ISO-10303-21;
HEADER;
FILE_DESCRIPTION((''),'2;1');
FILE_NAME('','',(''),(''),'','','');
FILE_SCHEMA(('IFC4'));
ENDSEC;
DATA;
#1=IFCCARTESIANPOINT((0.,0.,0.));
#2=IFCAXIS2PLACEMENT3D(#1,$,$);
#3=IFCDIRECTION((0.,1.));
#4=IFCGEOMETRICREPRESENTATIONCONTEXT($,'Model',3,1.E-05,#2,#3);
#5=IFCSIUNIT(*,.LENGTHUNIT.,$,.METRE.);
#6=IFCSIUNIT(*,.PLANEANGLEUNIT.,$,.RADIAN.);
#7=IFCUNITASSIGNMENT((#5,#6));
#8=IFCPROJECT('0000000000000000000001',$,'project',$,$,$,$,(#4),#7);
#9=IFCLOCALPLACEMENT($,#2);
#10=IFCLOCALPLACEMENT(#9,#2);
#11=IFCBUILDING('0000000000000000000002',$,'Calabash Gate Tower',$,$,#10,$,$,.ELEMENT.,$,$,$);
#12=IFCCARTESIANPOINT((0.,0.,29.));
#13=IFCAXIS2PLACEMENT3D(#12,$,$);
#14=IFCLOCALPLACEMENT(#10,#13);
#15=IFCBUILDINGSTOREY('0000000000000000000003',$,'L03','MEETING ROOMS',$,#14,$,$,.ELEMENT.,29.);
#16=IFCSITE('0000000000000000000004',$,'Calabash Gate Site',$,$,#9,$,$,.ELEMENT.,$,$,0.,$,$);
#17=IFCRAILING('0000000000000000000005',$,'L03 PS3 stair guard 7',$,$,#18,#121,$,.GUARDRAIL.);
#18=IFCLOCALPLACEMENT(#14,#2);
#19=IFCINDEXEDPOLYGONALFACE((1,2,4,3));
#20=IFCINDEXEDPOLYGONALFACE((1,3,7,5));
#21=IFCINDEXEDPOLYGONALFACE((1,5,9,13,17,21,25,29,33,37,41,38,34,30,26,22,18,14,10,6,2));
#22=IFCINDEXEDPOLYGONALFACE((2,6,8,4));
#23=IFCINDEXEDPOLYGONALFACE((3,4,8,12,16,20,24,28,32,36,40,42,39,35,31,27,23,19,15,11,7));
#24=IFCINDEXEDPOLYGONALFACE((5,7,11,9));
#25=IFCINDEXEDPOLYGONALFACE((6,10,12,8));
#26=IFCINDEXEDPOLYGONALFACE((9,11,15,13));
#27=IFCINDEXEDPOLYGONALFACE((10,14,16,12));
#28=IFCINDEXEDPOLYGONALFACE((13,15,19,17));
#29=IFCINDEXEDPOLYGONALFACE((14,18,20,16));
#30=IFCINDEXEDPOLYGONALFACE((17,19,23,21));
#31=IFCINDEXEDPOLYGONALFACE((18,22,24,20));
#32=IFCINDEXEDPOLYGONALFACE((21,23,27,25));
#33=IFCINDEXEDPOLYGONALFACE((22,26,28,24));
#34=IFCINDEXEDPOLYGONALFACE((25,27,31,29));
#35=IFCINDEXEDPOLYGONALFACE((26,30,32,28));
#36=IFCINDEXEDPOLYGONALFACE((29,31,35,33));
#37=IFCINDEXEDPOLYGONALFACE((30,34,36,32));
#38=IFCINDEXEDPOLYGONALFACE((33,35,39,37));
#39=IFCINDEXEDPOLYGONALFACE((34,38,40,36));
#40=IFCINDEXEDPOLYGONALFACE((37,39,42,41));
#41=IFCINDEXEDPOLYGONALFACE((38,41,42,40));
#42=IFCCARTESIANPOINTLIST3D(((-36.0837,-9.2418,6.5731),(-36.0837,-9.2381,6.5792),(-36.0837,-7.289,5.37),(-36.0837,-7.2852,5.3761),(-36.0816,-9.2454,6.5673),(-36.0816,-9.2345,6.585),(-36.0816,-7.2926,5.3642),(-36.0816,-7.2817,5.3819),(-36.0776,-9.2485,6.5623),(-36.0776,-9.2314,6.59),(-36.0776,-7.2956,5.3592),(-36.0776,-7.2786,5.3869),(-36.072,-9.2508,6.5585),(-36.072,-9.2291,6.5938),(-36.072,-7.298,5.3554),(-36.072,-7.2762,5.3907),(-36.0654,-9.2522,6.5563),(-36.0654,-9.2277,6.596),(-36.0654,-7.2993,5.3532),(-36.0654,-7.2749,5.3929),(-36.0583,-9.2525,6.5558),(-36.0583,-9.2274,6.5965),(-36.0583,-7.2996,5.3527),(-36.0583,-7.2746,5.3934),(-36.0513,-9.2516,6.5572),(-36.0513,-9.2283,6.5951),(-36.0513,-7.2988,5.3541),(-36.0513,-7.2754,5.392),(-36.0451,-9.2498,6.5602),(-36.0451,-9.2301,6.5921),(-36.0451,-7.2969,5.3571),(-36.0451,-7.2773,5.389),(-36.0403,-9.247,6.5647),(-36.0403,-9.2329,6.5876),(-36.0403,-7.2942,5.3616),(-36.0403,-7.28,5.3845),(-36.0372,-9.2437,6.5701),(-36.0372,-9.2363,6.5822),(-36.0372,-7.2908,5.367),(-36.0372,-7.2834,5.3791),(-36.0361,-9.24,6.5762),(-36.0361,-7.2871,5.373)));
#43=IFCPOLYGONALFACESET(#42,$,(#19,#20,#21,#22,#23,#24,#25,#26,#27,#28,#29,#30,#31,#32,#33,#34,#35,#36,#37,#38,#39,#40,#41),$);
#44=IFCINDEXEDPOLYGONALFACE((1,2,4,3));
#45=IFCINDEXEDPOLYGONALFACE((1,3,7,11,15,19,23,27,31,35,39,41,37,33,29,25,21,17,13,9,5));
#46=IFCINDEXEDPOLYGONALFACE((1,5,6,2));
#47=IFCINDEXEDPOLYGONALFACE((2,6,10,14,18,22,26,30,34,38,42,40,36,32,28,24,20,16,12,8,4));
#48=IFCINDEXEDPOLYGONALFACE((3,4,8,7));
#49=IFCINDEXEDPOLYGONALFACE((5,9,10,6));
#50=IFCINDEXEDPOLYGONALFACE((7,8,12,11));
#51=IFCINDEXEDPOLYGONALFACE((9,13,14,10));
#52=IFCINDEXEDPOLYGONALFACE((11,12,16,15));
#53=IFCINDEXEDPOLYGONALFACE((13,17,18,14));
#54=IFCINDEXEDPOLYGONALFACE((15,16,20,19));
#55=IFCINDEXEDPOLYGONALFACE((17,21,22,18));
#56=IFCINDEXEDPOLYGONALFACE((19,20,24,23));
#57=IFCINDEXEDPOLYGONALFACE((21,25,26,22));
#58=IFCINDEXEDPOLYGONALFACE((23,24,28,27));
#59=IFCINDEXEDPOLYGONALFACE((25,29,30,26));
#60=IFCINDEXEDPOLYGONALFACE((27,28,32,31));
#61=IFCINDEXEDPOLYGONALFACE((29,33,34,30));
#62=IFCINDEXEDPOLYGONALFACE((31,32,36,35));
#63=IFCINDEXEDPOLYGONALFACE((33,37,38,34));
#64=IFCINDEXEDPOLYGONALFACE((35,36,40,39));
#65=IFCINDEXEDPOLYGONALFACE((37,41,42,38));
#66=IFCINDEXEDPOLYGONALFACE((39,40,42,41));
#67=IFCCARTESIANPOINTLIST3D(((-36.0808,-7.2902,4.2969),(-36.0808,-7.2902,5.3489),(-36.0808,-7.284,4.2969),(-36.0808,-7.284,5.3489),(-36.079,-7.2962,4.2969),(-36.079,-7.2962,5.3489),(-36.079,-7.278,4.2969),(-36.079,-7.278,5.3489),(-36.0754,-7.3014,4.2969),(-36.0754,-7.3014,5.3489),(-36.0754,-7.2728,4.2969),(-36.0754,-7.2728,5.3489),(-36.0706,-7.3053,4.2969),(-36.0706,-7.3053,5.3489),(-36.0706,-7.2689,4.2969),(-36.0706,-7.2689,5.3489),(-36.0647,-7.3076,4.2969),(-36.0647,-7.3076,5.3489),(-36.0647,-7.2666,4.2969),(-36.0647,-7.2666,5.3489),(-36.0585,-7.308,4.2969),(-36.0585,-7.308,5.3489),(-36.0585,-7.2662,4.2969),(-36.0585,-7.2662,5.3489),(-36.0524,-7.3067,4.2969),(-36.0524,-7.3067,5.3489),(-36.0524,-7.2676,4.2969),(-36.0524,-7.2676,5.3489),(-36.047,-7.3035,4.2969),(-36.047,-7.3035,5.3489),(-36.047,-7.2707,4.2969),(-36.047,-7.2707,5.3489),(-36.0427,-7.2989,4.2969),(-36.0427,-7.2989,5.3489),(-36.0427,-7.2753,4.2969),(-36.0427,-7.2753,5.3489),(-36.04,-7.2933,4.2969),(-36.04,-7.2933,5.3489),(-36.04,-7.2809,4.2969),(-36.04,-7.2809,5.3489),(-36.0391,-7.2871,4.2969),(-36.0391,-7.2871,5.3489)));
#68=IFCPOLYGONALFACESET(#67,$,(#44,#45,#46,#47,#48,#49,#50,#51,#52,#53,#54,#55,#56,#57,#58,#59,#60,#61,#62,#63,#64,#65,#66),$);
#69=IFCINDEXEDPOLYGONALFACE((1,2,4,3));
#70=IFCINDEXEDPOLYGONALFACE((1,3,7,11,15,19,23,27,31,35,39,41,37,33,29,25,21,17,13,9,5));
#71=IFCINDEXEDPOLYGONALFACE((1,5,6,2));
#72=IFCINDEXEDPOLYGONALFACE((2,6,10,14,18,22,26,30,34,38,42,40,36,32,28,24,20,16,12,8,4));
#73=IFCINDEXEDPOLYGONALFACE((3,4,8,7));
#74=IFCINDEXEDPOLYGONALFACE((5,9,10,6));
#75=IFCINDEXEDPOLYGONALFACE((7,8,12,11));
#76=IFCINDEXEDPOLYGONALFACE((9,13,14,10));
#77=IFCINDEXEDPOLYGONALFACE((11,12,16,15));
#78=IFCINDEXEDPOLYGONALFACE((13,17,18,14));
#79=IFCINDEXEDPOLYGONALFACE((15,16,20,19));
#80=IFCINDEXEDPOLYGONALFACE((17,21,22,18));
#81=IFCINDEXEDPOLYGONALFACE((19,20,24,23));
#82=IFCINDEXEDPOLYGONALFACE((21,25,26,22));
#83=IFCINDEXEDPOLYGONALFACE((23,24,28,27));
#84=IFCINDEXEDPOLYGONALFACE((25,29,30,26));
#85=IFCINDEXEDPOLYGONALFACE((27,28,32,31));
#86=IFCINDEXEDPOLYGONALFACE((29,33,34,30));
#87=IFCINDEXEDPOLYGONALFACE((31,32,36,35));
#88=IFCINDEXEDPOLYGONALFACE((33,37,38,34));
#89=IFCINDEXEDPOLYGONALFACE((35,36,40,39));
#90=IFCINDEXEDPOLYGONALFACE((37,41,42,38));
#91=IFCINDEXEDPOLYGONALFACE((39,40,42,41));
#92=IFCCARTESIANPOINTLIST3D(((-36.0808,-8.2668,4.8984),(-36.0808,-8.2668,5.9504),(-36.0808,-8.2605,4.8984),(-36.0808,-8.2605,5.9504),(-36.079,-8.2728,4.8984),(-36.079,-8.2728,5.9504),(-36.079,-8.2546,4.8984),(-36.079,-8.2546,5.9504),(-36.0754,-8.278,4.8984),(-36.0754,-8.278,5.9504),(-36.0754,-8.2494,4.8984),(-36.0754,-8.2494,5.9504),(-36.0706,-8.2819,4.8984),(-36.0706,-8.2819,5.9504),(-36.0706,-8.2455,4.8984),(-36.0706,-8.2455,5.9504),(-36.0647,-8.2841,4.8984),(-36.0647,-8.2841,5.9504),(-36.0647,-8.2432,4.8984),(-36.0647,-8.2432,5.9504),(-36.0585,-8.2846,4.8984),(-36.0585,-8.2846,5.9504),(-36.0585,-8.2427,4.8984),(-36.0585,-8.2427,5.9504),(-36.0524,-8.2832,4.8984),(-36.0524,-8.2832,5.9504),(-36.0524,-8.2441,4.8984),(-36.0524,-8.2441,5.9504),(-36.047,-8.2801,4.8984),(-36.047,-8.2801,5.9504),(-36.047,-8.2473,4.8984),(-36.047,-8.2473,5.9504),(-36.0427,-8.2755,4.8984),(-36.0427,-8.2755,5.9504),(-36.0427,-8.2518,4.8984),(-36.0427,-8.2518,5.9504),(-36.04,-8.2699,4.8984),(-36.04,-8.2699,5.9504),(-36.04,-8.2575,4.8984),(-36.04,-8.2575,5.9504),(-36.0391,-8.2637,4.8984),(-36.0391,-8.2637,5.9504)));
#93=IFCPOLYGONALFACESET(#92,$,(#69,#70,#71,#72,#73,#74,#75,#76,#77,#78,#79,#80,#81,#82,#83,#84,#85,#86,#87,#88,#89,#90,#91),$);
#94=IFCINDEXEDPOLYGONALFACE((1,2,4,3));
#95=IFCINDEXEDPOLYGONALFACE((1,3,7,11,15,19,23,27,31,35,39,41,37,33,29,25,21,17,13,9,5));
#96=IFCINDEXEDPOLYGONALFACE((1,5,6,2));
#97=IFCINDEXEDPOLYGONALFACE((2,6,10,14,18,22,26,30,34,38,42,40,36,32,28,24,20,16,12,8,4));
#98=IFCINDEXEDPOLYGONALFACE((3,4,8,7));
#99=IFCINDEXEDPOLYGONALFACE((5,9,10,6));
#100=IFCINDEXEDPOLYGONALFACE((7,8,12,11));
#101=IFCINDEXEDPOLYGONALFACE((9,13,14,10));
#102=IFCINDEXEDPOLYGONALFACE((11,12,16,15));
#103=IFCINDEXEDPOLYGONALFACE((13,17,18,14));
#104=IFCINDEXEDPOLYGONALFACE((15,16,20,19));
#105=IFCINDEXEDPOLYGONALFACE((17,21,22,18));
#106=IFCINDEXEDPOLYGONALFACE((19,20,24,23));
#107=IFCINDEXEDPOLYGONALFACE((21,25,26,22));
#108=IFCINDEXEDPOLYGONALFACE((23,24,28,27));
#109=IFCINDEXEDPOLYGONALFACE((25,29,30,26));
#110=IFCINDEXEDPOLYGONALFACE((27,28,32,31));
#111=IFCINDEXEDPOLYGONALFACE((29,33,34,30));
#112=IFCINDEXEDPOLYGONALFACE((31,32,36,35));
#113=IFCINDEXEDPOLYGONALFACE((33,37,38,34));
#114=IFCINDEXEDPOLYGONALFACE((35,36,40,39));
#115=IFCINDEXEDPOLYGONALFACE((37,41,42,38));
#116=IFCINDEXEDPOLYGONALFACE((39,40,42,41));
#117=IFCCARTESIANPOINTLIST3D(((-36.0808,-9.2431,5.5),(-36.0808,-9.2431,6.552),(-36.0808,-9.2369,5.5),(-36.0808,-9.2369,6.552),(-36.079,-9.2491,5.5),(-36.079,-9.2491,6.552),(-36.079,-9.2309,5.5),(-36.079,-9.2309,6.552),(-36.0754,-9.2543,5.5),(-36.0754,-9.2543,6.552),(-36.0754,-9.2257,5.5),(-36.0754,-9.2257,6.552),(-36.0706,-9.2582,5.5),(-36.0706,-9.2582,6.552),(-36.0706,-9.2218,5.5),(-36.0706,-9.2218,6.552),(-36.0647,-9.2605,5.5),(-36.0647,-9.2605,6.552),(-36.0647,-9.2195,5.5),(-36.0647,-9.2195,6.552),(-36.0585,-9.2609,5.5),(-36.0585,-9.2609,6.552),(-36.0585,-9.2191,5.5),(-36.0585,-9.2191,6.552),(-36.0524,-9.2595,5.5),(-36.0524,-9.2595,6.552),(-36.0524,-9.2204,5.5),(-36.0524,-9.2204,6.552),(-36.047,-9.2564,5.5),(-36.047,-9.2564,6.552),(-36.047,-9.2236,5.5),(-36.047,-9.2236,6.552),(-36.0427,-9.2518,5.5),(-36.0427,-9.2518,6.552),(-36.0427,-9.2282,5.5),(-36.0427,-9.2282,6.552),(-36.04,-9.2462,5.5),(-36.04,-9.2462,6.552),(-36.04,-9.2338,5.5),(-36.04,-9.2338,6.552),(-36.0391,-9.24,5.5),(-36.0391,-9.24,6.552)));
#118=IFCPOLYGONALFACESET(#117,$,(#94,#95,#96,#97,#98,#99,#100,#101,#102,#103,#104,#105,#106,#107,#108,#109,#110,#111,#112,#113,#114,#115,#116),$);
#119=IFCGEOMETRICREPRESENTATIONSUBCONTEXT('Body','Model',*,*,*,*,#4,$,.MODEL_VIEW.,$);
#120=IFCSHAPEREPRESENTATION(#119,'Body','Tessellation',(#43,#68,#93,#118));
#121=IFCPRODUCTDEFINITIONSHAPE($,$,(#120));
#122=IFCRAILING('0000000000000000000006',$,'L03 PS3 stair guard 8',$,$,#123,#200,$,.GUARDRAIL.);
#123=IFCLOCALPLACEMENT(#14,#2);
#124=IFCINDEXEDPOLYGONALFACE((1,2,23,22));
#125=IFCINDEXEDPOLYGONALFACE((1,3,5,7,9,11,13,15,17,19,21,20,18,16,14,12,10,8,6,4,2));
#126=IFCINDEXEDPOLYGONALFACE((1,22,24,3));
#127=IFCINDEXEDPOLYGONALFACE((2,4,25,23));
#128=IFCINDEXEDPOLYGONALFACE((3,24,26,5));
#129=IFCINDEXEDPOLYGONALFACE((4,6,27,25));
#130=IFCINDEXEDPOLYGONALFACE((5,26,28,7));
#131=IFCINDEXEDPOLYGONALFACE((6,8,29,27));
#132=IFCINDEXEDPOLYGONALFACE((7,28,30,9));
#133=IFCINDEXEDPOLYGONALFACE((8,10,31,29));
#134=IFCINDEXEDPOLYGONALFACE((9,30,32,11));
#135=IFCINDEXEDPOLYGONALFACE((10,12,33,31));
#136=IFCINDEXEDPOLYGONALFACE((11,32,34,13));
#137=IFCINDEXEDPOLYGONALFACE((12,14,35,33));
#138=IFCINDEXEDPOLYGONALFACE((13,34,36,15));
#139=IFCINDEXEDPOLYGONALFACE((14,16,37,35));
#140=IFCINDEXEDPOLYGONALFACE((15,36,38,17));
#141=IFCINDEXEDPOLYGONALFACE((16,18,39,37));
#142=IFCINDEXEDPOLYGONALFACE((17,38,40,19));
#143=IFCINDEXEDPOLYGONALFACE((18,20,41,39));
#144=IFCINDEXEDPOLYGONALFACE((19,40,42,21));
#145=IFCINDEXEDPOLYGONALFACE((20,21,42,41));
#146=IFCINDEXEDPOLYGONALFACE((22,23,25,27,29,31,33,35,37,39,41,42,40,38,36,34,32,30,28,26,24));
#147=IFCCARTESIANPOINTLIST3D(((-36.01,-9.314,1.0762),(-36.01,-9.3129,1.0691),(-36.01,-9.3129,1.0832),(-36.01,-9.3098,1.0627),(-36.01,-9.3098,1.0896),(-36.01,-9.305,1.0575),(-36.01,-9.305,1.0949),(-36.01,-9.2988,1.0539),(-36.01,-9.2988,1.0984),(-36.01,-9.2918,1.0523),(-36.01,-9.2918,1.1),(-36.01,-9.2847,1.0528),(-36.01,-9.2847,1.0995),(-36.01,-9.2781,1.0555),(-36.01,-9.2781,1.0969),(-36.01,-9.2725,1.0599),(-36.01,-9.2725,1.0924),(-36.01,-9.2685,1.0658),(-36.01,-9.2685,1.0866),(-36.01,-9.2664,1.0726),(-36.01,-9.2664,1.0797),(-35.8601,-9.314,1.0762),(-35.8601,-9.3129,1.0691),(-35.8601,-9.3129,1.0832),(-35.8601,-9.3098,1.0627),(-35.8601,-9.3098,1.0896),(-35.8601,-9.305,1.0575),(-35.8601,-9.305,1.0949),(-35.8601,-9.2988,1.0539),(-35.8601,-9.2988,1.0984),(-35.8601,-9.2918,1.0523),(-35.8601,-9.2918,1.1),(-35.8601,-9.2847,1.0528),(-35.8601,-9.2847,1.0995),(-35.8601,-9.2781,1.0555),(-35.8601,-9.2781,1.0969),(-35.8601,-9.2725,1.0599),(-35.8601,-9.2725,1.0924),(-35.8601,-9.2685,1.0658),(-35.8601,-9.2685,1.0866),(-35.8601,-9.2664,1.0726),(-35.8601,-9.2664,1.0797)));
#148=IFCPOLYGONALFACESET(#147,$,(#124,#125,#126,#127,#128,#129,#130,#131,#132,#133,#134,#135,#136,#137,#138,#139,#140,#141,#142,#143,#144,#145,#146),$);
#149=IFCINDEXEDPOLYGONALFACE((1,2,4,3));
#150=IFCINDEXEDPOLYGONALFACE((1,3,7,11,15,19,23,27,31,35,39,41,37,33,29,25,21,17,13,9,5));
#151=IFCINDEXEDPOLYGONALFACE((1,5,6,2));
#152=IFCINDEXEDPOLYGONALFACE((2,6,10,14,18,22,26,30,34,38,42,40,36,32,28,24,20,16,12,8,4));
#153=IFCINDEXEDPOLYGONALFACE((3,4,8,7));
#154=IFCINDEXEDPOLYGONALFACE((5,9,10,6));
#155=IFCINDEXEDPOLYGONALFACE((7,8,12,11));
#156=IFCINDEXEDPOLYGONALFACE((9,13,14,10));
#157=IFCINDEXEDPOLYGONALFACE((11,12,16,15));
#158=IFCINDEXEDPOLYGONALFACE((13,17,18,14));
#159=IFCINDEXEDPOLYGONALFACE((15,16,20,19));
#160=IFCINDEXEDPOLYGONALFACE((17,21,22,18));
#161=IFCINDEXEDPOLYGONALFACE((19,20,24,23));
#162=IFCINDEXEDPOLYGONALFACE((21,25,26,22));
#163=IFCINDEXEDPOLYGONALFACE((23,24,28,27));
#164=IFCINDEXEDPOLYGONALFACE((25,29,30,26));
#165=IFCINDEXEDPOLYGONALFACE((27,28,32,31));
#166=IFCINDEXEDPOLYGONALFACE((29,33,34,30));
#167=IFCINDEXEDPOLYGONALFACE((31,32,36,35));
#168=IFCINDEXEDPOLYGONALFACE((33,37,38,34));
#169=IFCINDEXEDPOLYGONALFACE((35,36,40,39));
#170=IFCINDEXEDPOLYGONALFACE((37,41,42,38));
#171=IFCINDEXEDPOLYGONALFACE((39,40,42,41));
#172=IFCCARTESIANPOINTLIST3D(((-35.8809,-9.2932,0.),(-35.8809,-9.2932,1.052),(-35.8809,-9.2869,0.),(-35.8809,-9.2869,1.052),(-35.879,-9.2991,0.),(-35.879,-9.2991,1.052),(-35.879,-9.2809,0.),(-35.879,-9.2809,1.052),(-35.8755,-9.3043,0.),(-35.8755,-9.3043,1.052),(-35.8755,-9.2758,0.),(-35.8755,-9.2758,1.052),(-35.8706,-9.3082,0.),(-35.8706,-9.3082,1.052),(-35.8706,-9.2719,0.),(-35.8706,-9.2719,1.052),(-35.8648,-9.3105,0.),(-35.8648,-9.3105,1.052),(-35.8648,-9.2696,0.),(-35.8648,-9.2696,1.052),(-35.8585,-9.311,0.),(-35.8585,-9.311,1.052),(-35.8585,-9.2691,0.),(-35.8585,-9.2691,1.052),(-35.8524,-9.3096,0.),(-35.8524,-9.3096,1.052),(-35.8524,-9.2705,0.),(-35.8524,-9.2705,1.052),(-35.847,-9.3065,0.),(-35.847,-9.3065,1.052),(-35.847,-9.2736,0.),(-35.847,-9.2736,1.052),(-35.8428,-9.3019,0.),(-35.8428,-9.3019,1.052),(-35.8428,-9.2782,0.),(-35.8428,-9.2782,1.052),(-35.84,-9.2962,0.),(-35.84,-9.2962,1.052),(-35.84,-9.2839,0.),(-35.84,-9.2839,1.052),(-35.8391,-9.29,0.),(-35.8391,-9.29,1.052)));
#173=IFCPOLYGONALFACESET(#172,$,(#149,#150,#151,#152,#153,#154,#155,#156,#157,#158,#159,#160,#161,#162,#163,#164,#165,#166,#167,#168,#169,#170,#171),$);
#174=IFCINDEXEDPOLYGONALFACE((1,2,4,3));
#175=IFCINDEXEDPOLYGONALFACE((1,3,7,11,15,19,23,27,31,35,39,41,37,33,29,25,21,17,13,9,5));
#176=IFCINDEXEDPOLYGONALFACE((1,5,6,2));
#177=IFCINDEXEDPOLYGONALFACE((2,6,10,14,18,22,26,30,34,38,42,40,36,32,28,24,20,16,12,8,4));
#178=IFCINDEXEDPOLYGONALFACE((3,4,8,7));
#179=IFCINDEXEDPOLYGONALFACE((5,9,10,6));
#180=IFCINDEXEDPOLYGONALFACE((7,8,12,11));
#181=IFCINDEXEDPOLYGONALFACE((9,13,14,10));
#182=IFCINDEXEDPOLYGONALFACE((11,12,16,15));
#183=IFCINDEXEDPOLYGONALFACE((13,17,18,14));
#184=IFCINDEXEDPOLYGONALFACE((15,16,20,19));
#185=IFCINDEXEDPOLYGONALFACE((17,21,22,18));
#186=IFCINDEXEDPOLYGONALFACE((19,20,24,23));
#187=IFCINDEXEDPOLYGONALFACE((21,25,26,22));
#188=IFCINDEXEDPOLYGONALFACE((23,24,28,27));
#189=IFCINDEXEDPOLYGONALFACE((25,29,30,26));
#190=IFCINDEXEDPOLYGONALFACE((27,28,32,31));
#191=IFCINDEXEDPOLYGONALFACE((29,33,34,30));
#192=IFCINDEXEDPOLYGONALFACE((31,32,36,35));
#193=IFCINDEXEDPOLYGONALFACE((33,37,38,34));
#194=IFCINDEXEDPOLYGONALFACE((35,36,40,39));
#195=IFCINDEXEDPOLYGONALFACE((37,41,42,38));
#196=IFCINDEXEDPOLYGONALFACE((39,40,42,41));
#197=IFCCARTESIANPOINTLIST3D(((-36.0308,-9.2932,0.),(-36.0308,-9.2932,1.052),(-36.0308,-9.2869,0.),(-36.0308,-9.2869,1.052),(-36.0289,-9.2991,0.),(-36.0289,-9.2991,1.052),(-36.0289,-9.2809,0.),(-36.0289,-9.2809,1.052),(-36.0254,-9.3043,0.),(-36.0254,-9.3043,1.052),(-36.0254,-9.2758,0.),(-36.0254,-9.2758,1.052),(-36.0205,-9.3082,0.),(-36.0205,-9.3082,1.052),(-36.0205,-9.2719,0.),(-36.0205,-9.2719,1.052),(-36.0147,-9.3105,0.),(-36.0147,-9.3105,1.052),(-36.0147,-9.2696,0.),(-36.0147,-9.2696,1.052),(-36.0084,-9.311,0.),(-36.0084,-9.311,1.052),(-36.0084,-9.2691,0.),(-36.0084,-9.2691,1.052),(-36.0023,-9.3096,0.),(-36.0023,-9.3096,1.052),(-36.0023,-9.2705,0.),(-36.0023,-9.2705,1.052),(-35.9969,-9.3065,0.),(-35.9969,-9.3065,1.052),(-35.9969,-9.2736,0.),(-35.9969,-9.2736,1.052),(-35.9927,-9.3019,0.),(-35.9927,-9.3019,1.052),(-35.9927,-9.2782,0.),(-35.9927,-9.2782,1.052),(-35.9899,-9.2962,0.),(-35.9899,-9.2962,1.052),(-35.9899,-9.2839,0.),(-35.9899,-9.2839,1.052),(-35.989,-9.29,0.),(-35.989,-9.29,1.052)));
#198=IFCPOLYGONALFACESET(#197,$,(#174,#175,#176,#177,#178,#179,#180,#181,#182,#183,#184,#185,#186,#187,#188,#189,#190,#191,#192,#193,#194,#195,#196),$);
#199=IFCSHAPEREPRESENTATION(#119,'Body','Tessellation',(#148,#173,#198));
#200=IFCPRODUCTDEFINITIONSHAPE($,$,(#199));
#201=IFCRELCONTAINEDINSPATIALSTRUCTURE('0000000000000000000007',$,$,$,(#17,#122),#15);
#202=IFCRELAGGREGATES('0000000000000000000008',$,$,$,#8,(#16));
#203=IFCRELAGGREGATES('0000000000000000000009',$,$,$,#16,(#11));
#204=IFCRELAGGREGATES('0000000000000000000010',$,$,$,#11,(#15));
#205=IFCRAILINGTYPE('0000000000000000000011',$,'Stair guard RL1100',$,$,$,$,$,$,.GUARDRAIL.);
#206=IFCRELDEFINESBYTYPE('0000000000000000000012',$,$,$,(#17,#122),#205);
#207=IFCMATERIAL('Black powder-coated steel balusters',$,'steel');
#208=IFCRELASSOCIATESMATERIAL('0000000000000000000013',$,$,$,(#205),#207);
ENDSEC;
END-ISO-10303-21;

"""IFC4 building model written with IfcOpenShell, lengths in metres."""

from ifc_helpers import new_model, si_unit, direction, frame, origin, origin_2d, place, context, subcontext, project, spatial, circle, extrude, material, type_object, element, save


model = new_model("IFC4")

# Units and contexts
model_context = context("Model", 3, precision=1e-05, world=origin(), true_north=direction((0.0, 1.0)))
body_context = subcontext(model_context, "Body", "Model", "MODEL_VIEW")
ifc_project = project(units=[si_unit("LENGTHUNIT", "METRE"), si_unit("PLANEANGLEUNIT", "RADIAN")], contexts=[model_context])

# Site, building, storey
site_placement = place(None, origin())
site = spatial("IfcSite", under=ifc_project, at=site_placement, Name="Calabash Gate Site", CompositionType="ELEMENT", RefElevation=0.0)
building_placement = place(site_placement, origin())
building = spatial("IfcBuilding", under=site, at=building_placement, Name="Calabash Gate Tower", CompositionType="ELEMENT")
storey_placement = place(building_placement, frame((0.0, 0.0, 29.0)))
storey = spatial("IfcBuildingStorey", under=building, at=storey_placement, Name="L03", Description="MEETING ROOMS", CompositionType="ELEMENT", Elevation=29.0)

# Railings
ifc_material_1 = material(Name="Black powder-coated steel balusters", Category="steel")
railing_type_1 = type_object("IfcRailingType", Name="Stair guard RL1100", PredefinedType="GUARDRAIL", material=ifc_material_1)
railing_1_placement = place(storey_placement, frame((-36.0601, -7.2871, 4.2969)))
element("IfcRailing", 1, at=railing_1_placement, inside=storey, type_object=railing_type_1, Name="L03 PS3 stair guard 7", PredefinedType="GUARDRAIL", context=body_context, shape_type="SweptSolid", body=[
    extrude(circle(Radius=0.0239, at=origin_2d()), frame((0.0, 0.0, 1.0762), z_axis=(0.0, -0.851395, 0.524525), x_axis=(1.0, 0.0, 0.0)), (0.0, 0.0, 1.0), 2.2937),
    extrude(circle(Radius=0.021, at=origin_2d()), origin(), (0.0, 0.0, 1.0), 1.052),
    extrude(circle(Radius=0.021, at=origin_2d()), frame((0.0, -0.9766, 0.6016)), (0.0, 0.0, 1.0), 1.052),
    extrude(circle(Radius=0.021, at=origin_2d()), frame((0.0, -1.9529, 1.2031)), (0.0, 0.0, 1.0), 1.052),
])
railing_2_placement = place(storey_placement, frame((-35.8601, -9.29, 0.0)))
element("IfcRailing", 2, at=railing_2_placement, inside=storey, type_object=railing_type_1, Name="L03 PS3 stair guard 8", PredefinedType="GUARDRAIL", context=body_context, shape_type="SweptSolid", body=[
    extrude(circle(Radius=0.0239, at=origin_2d()), frame((0.0, 0.0, 1.0762), z_axis=(-1.0, 0.0, 0.0), x_axis=(0.0, -1.0, 0.0)), (0.0, 0.0, 1.0), 0.1499),
    extrude(circle(Radius=0.021, at=origin_2d()), origin(), (0.0, 0.0, 1.0), 1.052),
    extrude(circle(Radius=0.021, at=origin_2d()), frame((-0.1499, 0.0, 0.0)), (0.0, 0.0, 1.0), 1.052),
])

save(model, "model.ifc")
